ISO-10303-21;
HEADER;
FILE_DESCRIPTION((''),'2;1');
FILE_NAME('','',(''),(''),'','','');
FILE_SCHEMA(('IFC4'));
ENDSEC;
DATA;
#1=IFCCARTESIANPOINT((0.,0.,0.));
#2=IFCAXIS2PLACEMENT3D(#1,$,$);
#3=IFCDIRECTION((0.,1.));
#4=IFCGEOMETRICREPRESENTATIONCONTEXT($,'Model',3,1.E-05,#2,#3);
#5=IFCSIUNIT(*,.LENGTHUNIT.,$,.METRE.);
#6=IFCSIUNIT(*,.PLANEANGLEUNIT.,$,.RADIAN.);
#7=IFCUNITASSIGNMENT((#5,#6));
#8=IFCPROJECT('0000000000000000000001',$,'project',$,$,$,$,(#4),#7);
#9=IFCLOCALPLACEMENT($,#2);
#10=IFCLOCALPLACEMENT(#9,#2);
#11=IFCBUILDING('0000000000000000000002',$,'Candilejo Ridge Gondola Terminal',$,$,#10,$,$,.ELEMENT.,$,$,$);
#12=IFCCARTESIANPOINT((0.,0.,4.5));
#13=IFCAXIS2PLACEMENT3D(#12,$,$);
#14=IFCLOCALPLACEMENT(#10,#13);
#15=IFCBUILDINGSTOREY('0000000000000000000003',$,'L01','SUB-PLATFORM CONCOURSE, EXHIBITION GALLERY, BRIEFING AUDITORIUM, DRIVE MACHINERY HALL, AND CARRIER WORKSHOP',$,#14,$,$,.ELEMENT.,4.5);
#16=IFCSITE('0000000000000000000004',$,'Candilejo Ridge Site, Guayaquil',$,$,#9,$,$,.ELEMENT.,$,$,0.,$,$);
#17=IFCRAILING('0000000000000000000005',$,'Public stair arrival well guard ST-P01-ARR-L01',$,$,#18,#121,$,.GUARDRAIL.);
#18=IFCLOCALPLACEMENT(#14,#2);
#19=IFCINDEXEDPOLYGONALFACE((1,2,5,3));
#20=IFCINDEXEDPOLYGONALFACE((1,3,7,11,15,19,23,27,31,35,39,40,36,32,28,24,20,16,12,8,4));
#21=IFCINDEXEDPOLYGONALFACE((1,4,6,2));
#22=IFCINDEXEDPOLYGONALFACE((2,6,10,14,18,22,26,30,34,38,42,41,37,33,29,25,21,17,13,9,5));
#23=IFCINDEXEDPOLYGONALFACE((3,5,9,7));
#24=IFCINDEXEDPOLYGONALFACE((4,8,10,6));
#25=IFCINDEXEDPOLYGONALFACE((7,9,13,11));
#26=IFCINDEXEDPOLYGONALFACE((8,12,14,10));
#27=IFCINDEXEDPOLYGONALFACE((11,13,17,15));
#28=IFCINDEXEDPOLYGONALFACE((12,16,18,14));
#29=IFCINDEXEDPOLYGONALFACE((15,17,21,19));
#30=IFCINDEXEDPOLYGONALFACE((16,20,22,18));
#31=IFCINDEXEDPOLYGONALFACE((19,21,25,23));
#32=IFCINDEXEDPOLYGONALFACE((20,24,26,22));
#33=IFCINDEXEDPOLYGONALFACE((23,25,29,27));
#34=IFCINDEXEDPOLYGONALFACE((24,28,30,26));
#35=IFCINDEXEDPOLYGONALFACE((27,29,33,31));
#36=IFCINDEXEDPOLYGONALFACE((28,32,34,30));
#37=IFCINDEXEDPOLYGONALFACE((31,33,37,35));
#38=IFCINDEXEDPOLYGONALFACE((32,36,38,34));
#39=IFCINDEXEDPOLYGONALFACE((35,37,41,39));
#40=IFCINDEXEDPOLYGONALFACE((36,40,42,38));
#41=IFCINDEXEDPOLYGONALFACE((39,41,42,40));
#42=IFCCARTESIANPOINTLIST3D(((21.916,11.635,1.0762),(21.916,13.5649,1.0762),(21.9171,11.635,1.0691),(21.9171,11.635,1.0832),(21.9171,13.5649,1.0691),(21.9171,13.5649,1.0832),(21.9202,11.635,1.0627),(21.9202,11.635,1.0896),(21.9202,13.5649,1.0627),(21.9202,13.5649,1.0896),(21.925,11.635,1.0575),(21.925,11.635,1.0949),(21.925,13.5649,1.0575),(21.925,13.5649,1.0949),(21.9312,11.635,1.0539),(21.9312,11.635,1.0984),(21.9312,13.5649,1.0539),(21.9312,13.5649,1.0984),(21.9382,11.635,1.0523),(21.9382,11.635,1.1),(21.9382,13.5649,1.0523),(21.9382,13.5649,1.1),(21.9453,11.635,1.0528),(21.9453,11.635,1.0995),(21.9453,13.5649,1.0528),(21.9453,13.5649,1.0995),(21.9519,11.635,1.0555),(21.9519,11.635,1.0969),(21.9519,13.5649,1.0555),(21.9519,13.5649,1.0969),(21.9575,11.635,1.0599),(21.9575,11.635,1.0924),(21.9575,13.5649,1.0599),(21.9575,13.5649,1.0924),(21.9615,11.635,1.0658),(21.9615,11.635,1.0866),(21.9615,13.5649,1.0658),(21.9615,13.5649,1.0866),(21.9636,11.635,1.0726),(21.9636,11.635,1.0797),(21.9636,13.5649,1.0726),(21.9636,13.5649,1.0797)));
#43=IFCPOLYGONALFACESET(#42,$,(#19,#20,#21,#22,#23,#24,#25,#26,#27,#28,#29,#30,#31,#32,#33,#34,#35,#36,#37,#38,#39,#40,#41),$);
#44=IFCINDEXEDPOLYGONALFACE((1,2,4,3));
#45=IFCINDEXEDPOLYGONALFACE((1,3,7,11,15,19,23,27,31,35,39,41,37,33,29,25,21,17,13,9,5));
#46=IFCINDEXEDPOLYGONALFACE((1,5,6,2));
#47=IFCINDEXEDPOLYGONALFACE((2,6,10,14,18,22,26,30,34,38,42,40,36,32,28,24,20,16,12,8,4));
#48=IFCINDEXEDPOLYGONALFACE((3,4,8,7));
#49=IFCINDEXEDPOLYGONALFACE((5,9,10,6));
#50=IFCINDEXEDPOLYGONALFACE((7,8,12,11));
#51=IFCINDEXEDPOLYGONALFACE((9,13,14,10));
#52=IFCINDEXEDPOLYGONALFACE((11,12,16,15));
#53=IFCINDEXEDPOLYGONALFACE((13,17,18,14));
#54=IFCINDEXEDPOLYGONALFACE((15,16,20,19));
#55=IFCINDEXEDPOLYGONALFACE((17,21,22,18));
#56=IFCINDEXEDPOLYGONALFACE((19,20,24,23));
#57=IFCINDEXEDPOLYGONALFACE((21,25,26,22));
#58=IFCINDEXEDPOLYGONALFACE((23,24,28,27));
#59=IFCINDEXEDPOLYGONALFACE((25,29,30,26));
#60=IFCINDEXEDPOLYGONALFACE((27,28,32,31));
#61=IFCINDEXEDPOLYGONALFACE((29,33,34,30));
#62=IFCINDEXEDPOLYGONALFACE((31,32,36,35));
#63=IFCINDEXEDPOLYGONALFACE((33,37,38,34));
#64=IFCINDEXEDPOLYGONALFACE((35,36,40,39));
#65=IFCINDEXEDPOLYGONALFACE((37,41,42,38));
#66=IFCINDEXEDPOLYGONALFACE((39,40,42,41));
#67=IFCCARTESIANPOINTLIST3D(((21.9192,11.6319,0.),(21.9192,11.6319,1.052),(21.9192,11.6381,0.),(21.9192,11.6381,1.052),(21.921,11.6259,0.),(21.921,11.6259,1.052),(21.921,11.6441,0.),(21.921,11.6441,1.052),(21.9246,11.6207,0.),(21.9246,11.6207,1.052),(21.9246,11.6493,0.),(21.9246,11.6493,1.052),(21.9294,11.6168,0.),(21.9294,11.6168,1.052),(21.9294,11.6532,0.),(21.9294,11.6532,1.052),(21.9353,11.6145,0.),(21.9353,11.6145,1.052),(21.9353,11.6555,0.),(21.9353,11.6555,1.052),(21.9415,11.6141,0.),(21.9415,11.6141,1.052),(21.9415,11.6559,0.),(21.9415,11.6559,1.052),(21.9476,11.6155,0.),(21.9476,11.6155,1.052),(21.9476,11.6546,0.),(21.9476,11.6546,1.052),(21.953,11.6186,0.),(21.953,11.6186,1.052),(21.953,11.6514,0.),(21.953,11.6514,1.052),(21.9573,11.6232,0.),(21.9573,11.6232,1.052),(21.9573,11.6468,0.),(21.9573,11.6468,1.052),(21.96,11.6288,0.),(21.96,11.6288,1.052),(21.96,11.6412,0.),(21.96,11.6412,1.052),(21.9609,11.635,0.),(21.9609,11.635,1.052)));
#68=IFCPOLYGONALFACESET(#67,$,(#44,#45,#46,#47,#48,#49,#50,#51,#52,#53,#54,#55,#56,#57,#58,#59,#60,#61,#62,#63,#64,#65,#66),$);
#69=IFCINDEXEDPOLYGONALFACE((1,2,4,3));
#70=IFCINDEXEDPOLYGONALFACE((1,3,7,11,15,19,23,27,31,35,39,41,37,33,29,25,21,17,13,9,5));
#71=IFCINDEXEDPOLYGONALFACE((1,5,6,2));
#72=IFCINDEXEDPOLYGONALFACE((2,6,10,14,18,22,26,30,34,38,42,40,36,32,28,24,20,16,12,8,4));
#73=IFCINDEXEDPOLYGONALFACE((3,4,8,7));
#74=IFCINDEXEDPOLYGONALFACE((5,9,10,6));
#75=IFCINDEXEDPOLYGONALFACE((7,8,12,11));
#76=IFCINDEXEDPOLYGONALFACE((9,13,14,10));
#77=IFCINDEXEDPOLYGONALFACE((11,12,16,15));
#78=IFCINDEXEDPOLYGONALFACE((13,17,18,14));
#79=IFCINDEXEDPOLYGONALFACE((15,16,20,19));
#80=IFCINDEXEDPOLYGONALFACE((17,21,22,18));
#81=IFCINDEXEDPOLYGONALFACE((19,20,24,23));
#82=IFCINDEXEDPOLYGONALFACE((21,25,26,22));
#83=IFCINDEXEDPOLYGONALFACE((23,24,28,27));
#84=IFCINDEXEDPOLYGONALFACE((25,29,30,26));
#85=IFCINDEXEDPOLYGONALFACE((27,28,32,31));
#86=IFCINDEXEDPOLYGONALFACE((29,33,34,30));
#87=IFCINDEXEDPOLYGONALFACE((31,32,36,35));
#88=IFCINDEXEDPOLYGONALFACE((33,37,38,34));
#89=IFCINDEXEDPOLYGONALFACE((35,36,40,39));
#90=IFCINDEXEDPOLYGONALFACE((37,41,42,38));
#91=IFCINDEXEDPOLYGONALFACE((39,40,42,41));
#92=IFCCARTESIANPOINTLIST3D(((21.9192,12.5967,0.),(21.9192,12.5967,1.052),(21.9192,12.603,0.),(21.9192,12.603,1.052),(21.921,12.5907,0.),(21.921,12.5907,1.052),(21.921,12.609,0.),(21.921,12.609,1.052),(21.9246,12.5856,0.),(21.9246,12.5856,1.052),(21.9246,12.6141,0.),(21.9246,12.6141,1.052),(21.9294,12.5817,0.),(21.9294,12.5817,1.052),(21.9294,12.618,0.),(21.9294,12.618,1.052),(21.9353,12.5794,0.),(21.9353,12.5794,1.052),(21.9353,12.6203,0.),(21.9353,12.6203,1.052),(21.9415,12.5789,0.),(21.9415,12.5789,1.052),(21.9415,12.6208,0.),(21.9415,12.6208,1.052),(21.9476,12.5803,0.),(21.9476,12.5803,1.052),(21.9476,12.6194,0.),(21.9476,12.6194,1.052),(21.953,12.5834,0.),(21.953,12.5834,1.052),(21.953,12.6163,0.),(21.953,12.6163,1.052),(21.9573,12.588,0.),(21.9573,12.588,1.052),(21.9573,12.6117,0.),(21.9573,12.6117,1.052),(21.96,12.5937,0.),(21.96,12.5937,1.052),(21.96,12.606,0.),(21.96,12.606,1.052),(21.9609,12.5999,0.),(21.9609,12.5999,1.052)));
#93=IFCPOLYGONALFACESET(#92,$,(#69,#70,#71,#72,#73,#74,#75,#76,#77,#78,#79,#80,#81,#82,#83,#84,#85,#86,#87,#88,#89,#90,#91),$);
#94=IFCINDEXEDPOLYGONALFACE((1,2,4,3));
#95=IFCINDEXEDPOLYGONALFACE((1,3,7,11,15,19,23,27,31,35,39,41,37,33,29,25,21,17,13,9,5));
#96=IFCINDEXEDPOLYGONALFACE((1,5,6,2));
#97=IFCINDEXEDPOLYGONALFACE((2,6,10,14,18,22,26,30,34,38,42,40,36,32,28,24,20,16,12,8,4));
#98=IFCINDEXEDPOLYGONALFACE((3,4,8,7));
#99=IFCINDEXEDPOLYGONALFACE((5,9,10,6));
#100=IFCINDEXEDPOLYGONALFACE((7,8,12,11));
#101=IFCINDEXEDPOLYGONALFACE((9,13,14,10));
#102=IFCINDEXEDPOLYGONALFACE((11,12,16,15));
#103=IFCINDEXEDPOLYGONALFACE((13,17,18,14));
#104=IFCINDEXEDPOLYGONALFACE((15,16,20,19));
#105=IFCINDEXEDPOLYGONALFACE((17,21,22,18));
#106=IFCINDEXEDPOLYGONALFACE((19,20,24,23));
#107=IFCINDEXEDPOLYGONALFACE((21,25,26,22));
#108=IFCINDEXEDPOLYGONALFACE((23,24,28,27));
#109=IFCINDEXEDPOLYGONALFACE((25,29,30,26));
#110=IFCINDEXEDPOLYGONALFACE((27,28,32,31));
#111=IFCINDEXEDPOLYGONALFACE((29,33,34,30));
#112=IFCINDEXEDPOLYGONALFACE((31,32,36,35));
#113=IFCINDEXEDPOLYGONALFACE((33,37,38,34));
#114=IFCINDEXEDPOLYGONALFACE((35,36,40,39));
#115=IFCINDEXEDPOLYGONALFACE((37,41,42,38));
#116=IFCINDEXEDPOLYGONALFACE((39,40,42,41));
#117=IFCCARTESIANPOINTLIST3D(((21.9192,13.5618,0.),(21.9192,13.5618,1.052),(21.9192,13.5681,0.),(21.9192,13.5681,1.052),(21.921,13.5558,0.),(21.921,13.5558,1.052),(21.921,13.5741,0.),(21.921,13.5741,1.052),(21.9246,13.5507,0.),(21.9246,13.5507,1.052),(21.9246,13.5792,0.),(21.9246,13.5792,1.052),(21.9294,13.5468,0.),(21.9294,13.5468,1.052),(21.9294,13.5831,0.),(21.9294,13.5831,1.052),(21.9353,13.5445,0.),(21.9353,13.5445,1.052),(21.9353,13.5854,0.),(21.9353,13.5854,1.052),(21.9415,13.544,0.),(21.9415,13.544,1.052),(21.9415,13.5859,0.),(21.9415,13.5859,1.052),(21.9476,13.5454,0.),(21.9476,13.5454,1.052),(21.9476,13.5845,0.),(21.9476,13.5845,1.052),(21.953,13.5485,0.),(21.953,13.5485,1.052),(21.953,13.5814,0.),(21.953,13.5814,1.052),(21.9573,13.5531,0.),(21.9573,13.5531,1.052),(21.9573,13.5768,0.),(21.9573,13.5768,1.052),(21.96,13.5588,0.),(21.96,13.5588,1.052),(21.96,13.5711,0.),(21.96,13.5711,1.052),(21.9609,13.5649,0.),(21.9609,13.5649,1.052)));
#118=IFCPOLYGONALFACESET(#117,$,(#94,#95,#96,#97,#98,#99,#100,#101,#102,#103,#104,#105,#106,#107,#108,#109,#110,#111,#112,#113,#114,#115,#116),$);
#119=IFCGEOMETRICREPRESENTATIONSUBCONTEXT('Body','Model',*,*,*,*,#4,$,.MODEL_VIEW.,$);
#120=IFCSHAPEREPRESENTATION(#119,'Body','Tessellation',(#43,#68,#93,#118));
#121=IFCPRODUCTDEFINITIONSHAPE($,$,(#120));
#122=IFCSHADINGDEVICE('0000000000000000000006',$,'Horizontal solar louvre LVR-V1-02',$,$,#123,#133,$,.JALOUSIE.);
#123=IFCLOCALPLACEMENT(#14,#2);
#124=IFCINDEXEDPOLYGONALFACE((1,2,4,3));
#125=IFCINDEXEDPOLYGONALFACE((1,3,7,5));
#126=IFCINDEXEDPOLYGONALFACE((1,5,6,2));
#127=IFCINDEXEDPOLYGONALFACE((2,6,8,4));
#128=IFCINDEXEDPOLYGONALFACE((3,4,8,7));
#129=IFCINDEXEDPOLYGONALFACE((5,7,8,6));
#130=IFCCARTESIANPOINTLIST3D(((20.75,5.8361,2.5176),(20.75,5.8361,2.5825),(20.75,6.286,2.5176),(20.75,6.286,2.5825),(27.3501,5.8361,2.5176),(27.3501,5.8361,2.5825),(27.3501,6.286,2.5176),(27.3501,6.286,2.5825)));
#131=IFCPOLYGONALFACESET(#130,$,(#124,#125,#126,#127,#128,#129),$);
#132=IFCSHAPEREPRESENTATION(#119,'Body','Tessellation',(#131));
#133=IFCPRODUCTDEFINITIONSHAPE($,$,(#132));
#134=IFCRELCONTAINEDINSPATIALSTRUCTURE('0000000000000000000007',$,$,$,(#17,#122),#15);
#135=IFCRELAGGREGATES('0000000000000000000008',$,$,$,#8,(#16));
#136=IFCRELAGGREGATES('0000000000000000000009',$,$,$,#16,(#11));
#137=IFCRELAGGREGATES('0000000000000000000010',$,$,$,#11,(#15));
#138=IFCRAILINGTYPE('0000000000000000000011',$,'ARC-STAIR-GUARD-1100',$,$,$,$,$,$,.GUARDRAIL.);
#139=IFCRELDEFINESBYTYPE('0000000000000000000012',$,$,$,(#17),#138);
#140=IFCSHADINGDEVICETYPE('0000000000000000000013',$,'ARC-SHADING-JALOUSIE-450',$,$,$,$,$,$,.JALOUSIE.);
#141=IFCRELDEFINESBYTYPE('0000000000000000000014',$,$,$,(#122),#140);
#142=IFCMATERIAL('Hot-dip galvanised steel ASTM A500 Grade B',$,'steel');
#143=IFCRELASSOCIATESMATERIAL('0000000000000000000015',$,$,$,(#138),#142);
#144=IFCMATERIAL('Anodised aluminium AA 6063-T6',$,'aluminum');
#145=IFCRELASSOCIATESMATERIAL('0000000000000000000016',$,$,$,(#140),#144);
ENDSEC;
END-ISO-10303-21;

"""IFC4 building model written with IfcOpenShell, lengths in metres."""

from ifc_helpers import new_model, si_unit, direction, frame, origin, origin_2d, place, context, subcontext, project, spatial, rectangle, circle, extrude, material, type_object, element, save


model = new_model("IFC4")

# Units and contexts
model_context = context("Model", 3, precision=1e-05, world=origin(), true_north=direction((0.0, 1.0)))
body_context = subcontext(model_context, "Body", "Model", "MODEL_VIEW")
ifc_project = project(units=[si_unit("LENGTHUNIT", "METRE"), si_unit("PLANEANGLEUNIT", "RADIAN")], contexts=[model_context])

# Site, building, storey
site_placement = place(None, origin())
site = spatial("IfcSite", under=ifc_project, at=site_placement, Name="Candilejo Ridge Site, Guayaquil", CompositionType="ELEMENT", RefElevation=0.0)
building_placement = place(site_placement, origin())
building = spatial("IfcBuilding", under=site, at=building_placement, Name="Candilejo Ridge Gondola Terminal", CompositionType="ELEMENT")
storey_placement = place(building_placement, frame((0.0, 0.0, 4.5)))
storey = spatial("IfcBuildingStorey", under=building, at=storey_placement, Name="L01", Description="SUB-PLATFORM CONCOURSE, EXHIBITION GALLERY, BRIEFING AUDITORIUM, DRIVE MACHINERY HALL, AND CARRIER WORKSHOP", CompositionType="ELEMENT", Elevation=4.5)

# Railing
ifc_material_1 = material(Name="Hot-dip galvanised steel ASTM A500 Grade B", Category="steel")
railing_type = type_object("IfcRailingType", Name="ARC-STAIR-GUARD-1100", PredefinedType="GUARDRAIL", material=ifc_material_1)
railing_placement = place(storey_placement, frame((21.9399, 11.635, 0.0)))
element("IfcRailing", 1, at=railing_placement, inside=storey, type_object=railing_type, Name="Public stair arrival well guard ST-P01-ARR-L01", PredefinedType="GUARDRAIL", context=body_context, shape_type="SweptSolid", body=[
    extrude(circle(Radius=0.0239, at=origin_2d()), frame((0.0, 0.0, 1.0762), z_axis=(0.0, 1.0, 0.0), x_axis=(-1.0, 0.0, 0.0)), (0.0, 0.0, 1.0), 1.9299),
    extrude(circle(Radius=0.021, at=origin_2d()), origin(), (0.0, 0.0, 1.0), 1.052),
    extrude(circle(Radius=0.021, at=origin_2d()), frame((0.0, 0.9648, 0.0)), (0.0, 0.0, 1.0), 1.052),
    extrude(circle(Radius=0.021, at=origin_2d()), frame((0.0, 1.9299, 0.0)), (0.0, 0.0, 1.0), 1.052),
])

# Shading device
ifc_material_2 = material(Name="Anodised aluminium AA 6063-T6", Category="aluminum")
shading_device_type = type_object("IfcShadingDeviceType", Name="ARC-SHADING-JALOUSIE-450", PredefinedType="JALOUSIE", material=ifc_material_2)
shading_device_placement = place(storey_placement, frame((24.05, 6.061, 2.5176)))
element("IfcShadingDevice", 2, at=shading_device_placement, inside=storey, type_object=shading_device_type, Name="Horizontal solar louvre LVR-V1-02", PredefinedType="JALOUSIE", context=body_context, shape_type="SweptSolid", body=[
    extrude(rectangle(XDim=6.6001, YDim=0.45, at=origin_2d()), origin(), (0.0, 0.0, 1.0), 0.0649),
])

save(model, "model.ifc")
